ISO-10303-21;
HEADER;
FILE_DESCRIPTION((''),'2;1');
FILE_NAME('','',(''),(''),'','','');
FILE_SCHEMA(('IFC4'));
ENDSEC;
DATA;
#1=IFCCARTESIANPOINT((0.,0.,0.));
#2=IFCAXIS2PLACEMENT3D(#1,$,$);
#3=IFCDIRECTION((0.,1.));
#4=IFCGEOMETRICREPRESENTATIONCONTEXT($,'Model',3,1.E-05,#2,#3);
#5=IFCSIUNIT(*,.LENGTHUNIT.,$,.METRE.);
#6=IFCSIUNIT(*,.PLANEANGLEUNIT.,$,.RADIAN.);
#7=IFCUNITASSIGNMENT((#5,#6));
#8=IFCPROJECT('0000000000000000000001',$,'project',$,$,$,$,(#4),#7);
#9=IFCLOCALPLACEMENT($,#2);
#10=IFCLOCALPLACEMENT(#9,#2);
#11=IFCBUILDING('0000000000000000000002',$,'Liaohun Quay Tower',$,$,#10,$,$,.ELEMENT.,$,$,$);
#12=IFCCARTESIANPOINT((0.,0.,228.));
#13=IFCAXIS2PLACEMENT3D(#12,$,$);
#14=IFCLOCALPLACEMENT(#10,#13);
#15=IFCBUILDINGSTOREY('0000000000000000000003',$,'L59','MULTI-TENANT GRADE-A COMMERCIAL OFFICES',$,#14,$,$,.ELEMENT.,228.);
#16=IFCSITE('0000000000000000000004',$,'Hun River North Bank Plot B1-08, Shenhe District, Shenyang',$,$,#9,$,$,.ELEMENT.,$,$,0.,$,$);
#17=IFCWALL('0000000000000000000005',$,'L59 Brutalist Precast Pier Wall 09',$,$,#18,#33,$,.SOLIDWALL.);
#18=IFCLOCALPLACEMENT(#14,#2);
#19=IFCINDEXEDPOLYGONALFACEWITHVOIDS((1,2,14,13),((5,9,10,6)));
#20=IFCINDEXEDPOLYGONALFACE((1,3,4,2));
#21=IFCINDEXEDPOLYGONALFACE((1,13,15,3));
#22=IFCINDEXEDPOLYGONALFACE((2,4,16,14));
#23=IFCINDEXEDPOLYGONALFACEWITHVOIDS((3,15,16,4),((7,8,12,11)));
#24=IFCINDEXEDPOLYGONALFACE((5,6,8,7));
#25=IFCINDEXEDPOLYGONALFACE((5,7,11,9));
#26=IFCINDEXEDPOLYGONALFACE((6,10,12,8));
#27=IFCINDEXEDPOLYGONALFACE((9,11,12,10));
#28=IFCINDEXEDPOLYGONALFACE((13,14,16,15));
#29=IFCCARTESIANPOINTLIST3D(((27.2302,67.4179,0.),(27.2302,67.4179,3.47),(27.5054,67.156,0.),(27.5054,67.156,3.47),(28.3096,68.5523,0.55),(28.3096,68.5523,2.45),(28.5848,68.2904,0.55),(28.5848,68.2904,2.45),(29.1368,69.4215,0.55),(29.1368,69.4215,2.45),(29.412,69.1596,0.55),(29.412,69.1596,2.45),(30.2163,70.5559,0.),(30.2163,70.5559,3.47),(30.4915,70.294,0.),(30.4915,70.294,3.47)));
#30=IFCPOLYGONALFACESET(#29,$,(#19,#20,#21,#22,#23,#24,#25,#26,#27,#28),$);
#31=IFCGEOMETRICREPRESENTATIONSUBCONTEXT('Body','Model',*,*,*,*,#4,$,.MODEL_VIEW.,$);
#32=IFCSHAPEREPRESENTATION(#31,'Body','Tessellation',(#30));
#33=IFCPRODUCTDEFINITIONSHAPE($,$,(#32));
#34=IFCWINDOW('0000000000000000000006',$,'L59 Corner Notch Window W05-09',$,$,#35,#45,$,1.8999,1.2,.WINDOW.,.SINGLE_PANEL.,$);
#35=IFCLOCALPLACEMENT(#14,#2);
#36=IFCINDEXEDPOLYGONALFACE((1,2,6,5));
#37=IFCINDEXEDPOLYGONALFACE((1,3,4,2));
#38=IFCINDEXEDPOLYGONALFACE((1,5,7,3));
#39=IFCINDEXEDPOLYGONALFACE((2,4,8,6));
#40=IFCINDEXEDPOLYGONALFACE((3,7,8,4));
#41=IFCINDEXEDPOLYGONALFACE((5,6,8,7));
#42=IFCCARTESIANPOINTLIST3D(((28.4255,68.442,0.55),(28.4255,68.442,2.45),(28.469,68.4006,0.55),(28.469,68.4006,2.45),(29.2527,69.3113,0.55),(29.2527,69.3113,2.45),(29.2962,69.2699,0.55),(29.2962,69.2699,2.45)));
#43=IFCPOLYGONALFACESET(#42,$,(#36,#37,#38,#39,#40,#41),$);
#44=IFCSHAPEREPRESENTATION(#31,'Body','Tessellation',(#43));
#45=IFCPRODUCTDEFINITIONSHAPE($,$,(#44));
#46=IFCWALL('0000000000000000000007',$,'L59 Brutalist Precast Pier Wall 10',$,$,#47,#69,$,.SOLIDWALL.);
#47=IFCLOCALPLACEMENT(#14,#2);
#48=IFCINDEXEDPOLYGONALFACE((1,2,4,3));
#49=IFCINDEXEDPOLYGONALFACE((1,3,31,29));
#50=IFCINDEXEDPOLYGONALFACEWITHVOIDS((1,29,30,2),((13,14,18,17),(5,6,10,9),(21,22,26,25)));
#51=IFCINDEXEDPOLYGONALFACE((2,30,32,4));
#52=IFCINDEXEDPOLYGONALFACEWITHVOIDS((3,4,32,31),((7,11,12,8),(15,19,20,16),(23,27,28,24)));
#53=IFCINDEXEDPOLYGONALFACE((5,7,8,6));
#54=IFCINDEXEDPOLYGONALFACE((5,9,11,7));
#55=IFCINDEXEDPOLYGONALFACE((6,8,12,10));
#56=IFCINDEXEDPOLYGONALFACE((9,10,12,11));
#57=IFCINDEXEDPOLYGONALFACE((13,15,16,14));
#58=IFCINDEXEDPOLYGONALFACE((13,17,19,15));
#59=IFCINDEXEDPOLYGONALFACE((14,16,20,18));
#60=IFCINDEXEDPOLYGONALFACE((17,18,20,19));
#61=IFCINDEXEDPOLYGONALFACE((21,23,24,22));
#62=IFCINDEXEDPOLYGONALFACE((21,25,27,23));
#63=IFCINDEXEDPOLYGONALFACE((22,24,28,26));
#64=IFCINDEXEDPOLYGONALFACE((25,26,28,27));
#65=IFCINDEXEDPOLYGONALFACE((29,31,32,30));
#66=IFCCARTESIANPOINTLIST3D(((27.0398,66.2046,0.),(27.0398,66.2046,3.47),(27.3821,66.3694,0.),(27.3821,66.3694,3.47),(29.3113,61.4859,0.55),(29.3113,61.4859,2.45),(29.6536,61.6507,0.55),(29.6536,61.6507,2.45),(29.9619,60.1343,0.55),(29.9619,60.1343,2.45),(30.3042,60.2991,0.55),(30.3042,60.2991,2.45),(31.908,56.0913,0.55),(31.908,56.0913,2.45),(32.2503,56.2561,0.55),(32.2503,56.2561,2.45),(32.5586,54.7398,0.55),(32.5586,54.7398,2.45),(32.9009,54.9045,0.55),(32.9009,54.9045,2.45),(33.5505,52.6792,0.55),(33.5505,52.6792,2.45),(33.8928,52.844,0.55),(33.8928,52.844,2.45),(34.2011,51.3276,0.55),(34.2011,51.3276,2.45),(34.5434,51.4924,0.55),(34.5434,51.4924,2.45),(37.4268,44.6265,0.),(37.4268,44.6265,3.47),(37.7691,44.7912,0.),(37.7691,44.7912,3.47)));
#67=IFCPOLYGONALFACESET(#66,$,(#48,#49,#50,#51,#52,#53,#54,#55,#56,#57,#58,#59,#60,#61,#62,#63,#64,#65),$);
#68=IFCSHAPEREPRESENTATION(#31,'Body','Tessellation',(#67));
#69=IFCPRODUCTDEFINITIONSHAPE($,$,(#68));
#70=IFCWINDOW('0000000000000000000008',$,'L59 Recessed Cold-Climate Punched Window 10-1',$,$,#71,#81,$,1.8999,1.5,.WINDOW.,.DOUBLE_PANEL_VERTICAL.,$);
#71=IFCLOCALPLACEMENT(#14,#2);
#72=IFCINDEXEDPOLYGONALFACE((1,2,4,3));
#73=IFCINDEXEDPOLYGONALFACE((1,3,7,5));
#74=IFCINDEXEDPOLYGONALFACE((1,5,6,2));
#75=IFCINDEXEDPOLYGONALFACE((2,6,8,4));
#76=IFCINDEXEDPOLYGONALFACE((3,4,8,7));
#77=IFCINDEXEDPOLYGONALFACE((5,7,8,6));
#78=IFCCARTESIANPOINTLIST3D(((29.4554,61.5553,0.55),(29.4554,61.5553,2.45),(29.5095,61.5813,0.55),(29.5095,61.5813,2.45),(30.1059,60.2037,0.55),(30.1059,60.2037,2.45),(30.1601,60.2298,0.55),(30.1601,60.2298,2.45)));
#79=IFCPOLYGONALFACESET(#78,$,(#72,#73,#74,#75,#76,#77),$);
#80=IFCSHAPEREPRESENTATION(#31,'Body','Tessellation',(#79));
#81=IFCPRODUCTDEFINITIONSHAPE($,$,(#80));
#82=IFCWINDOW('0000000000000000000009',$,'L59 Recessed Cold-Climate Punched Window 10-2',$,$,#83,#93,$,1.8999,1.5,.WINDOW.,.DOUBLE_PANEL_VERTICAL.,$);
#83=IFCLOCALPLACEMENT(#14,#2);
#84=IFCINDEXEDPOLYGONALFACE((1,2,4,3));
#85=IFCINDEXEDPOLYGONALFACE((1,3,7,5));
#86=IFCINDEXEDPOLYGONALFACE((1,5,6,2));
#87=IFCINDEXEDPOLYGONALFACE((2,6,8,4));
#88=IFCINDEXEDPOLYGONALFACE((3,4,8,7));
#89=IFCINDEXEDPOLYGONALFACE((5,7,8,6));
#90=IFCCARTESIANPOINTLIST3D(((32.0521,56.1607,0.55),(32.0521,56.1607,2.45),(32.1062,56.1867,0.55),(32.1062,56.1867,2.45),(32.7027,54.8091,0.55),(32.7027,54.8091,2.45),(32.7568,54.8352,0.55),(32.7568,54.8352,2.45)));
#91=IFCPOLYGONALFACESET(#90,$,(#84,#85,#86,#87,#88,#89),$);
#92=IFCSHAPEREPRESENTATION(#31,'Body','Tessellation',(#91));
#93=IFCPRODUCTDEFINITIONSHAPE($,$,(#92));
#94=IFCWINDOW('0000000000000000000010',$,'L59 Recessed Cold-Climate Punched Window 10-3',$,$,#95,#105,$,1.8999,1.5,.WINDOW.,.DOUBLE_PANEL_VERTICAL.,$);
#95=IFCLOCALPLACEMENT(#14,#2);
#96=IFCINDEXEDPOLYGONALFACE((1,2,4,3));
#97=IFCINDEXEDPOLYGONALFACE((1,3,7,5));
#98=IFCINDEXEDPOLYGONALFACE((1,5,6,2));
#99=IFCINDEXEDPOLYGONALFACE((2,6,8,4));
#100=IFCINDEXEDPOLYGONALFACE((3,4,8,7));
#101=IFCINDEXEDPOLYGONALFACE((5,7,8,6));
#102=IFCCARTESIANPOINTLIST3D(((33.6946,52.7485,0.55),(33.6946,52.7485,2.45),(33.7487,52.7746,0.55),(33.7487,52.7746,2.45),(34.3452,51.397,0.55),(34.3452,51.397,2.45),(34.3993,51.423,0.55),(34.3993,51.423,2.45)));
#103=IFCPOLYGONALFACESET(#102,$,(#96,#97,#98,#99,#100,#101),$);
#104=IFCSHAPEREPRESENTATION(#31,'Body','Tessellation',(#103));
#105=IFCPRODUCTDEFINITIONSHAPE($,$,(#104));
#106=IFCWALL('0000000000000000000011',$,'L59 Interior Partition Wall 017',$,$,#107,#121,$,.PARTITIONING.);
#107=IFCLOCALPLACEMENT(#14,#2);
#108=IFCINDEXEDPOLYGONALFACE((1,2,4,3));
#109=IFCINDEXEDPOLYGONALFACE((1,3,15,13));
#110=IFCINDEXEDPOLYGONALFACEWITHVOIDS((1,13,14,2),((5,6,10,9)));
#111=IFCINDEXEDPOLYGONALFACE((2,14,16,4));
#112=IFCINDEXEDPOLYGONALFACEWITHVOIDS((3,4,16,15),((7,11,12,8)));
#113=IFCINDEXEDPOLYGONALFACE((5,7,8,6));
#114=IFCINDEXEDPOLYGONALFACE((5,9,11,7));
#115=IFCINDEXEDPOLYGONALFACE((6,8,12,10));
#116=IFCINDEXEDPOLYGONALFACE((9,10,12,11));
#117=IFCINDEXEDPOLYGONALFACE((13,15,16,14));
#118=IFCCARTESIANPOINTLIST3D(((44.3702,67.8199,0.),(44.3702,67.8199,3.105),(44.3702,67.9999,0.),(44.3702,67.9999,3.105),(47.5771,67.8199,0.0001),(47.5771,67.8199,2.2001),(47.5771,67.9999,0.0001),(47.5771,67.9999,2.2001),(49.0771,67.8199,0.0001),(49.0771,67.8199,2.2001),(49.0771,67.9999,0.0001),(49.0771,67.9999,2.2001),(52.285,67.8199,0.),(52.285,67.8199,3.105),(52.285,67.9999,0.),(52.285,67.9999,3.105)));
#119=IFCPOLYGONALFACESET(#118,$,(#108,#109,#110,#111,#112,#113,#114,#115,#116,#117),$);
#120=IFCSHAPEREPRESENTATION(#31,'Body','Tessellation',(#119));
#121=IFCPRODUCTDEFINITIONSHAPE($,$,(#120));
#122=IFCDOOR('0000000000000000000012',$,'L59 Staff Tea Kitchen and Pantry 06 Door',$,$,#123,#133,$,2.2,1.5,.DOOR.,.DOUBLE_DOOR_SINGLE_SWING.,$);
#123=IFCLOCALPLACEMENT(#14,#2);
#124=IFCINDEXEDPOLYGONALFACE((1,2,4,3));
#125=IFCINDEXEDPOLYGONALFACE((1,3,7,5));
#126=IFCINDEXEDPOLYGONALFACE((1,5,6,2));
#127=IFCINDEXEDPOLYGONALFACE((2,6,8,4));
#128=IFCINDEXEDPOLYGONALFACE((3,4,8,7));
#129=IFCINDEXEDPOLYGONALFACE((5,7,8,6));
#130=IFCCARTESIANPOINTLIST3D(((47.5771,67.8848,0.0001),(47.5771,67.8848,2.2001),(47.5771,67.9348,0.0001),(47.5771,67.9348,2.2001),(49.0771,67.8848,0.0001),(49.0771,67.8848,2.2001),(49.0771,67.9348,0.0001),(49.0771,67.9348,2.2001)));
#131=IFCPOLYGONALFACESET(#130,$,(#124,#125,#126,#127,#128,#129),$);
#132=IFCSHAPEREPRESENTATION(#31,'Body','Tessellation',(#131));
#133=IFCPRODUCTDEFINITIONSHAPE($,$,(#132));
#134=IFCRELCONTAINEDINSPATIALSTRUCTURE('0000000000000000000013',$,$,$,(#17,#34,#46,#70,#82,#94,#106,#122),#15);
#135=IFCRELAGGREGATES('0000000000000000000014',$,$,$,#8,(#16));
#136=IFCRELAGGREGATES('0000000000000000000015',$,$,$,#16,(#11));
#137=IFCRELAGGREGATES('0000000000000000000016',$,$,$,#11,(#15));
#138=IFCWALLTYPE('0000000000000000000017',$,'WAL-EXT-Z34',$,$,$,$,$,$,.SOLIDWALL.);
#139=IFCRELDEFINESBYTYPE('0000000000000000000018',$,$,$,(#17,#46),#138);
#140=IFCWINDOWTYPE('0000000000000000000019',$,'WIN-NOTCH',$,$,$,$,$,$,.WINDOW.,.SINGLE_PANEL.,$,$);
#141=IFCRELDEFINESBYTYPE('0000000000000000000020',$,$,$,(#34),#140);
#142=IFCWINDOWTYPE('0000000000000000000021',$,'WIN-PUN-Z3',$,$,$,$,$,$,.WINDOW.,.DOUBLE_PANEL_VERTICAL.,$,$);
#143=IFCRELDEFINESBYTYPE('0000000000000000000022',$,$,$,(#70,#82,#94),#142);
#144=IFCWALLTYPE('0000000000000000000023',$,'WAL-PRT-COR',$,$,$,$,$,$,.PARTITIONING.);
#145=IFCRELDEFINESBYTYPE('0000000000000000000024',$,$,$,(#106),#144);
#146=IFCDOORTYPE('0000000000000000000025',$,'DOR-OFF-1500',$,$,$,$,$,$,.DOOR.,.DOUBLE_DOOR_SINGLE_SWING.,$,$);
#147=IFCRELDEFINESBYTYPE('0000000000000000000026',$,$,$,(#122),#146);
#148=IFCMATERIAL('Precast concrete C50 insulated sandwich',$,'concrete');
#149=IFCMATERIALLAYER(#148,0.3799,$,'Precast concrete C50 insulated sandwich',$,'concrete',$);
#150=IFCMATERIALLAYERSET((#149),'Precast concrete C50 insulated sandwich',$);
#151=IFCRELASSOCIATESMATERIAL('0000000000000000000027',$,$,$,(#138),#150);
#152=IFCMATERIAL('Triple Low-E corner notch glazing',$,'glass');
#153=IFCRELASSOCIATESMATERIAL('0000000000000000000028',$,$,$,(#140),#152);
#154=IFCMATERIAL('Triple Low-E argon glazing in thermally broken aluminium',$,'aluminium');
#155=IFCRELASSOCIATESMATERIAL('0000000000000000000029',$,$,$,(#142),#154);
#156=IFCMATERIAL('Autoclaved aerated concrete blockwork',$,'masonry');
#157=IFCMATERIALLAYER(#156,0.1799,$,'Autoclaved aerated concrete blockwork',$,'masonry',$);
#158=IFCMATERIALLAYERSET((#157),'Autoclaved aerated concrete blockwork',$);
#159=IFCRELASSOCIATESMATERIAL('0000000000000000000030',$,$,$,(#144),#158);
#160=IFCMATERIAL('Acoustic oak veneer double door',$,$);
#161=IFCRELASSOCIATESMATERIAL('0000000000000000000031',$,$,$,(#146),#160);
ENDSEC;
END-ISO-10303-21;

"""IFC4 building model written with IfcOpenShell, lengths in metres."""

from ifc_helpers import new_model, si_unit, direction, frame, frame_2d, origin, place, context, subcontext, project, spatial, rectangle, extrude, source, transform, mapped, material, layer, layer_set, type_object, element, fill, save


model = new_model("IFC4")

# Units and contexts
model_context = context("Model", 3, precision=1e-05, world=origin(), true_north=direction((0.0, 1.0)))
body_context = subcontext(model_context, "Body", "Model", "MODEL_VIEW")
ifc_project = project(units=[si_unit("LENGTHUNIT", "METRE"), si_unit("PLANEANGLEUNIT", "RADIAN")], contexts=[model_context])

# Site, building, storey
site_placement = place(None, origin())
site = spatial("IfcSite", under=ifc_project, at=site_placement, Name="Hun River North Bank Plot B1-08, Shenhe District, Shenyang", CompositionType="ELEMENT", RefElevation=0.0)
building_placement = place(site_placement, origin())
building = spatial("IfcBuilding", under=site, at=building_placement, Name="Liaohun Quay Tower", CompositionType="ELEMENT")
storey_placement = place(building_placement, frame((0.0, 0.0, 228.0)))
storey = spatial("IfcBuildingStorey", under=building, at=storey_placement, Name="L59", Description="MULTI-TENANT GRADE-A COMMERCIAL OFFICES", CompositionType="ELEMENT", Elevation=228.0)

# Wall, opening, window
ifc_material_1 = material(Name="Precast concrete C50 insulated sandwich", Category="concrete")
ifc_layer_1 = layer(ifc_material_1, 0.3799, Name="Precast concrete C50 insulated sandwich", Category="concrete")
ifc_layer_set_1 = layer_set([ifc_layer_1], Name="Precast concrete C50 insulated sandwich")
wall_type_1 = type_object("IfcWallType", Name="WAL-EXT-Z34", PredefinedType="SOLIDWALL", material=ifc_layer_set_1)
shared_shape_1 = source(origin(), body_context, "Body", "SweptSolid", [
    extrude(rectangle(XDim=1.2, YDim=1.8999, at=frame_2d((0.6001, 0.95))), frame((0.0, 0.2, 0.0), z_axis=(0.0, -1.0, 0.0), x_axis=(1.0, 0.0, 0.0)), (0.0, 0.0, 1.0), 0.3999),
])
ifc_material_2 = material(Name="Triple Low-E corner notch glazing", Category="glass")
window_type_1 = type_object("IfcWindowType", Name="WIN-NOTCH", PartitioningType="SINGLE_PANEL", PredefinedType="WINDOW", material=ifc_material_2)
shared_shape_2 = source(origin(), body_context, "Body", "SweptSolid", [
    extrude(rectangle(XDim=1.2, YDim=1.8999, at=frame_2d((0.6001, 0.95))), frame((0.0, 0.03, 0.0), z_axis=(0.0, -1.0, 0.0), x_axis=(1.0, 0.0, 0.0)), (0.0, 0.0, 1.0), 0.0601),
])
wall_1_placement = place(storey_placement, frame((30.354, 70.425, 0.0), z_axis=(0.0, 0.0, 1.0), x_axis=(-0.689361, -0.724418, 0.0)))
wall_1 = element("IfcWall", 1, at=wall_1_placement, inside=storey, type_object=wall_type_1, Name="L59 Brutalist Precast Pier Wall 09", PredefinedType="SOLIDWALL", context=body_context, shape_type="SweptSolid", body=[
    extrude(rectangle(XDim=4.3318, YDim=0.3799, at=frame_2d((2.166, 0.0))), origin(), (0.0, 0.0, 1.0), 3.47),
])
opening_1_placement = place(wall_1_placement, frame((1.5659, 0.0, 0.55)))
opening_1 = element("IfcOpeningElement", 2, at=opening_1_placement, cuts=wall_1, PredefinedType="OPENING", context=body_context, shape_type="MappedRepresentation", body=[
    mapped(shared_shape_1, transform((0.0, 0.0, 0.0), x_axis=(1.0, 0.0, 0.0), y_axis=(0.0, 1.0, 0.0), z_axis=(0.0, 0.0, 1.0), scale=1.0)),
])
window_1_placement = place(opening_1_placement, origin())
window_1 = element("IfcWindow", 3, at=window_1_placement, inside=storey, type_object=window_type_1, Name="L59 Corner Notch Window W05-09", OverallHeight=1.8999, OverallWidth=1.2, PartitioningType="SINGLE_PANEL", PredefinedType="WINDOW", context=body_context, shape_type="MappedRepresentation", body=[
    mapped(shared_shape_2, transform((0.0, 0.0, 0.0), x_axis=(1.0, 0.0, 0.0), y_axis=(0.0, 1.0, 0.0), z_axis=(0.0, 0.0, 1.0), scale=1.0)),
])
fill(opening_1, window_1)

# Wall, openings, windows
wall_2_placement = place(storey_placement, frame((27.2109, 66.2871, 0.0), z_axis=(0.0, 0.0, 1.0), x_axis=(0.433731, -0.901043, 0.0)))
wall_2 = element("IfcWall", 4, at=wall_2_placement, inside=storey, type_object=wall_type_1, Name="L59 Brutalist Precast Pier Wall 10", PredefinedType="SOLIDWALL", context=body_context, shape_type="SweptSolid", body=[
    extrude(rectangle(XDim=23.948, YDim=0.3799, at=frame_2d((11.9741, 0.0))), origin(), (0.0, 0.0, 1.0), 3.47),
])
shared_shape_3 = source(origin(), body_context, "Body", "SweptSolid", [
    extrude(rectangle(XDim=1.5, YDim=1.8999, at=frame_2d((0.75, 0.95))), frame((0.0, 0.2, 0.0), z_axis=(0.0, -1.0, 0.0), x_axis=(1.0, 0.0, 0.0)), (0.0, 0.0, 1.0), 0.3999),
])
opening_2_placement = place(wall_2_placement, frame((5.2371, 0.0, 0.55)))
opening_2 = element("IfcOpeningElement", 5, at=opening_2_placement, cuts=wall_2, PredefinedType="OPENING", context=body_context, shape_type="MappedRepresentation", body=[
    mapped(shared_shape_3, transform((0.0, 0.0, 0.0), x_axis=(1.0, 0.0, 0.0), y_axis=(0.0, 1.0, 0.0), z_axis=(0.0, 0.0, 1.0), scale=1.0)),
])
opening_3_placement = place(wall_2_placement, frame((11.2241, 0.0, 0.55)))
opening_3 = element("IfcOpeningElement", 6, at=opening_3_placement, cuts=wall_2, PredefinedType="OPENING", context=body_context, shape_type="MappedRepresentation", body=[
    mapped(shared_shape_3, transform((0.0, 0.0, 0.0), x_axis=(1.0, 0.0, 0.0), y_axis=(0.0, 1.0, 0.0), z_axis=(0.0, 0.0, 1.0), scale=1.0)),
])
opening_4_placement = place(wall_2_placement, frame((15.011, 0.0, 0.55)))
opening_4 = element("IfcOpeningElement", 7, at=opening_4_placement, cuts=wall_2, PredefinedType="OPENING", context=body_context, shape_type="MappedRepresentation", body=[
    mapped(shared_shape_3, transform((0.0, 0.0, 0.0), x_axis=(1.0, 0.0, 0.0), y_axis=(0.0, 1.0, 0.0), z_axis=(0.0, 0.0, 1.0), scale=1.0)),
])
ifc_material_3 = material(Name="Triple Low-E argon glazing in thermally broken aluminium", Category="aluminium")
window_type_2 = type_object("IfcWindowType", Name="WIN-PUN-Z3", PartitioningType="DOUBLE_PANEL_VERTICAL", PredefinedType="WINDOW", material=ifc_material_3)
shared_shape_4 = source(origin(), body_context, "Body", "SweptSolid", [
    extrude(rectangle(XDim=1.5, YDim=1.8999, at=frame_2d((0.75, 0.95))), frame((0.0, 0.03, 0.0), z_axis=(0.0, -1.0, 0.0), x_axis=(1.0, 0.0, 0.0)), (0.0, 0.0, 1.0), 0.0601),
])
window_2_placement = place(opening_2_placement, origin())
window_2 = element("IfcWindow", 8, at=window_2_placement, inside=storey, type_object=window_type_2, Name="L59 Recessed Cold-Climate Punched Window 10-1", OverallHeight=1.8999, OverallWidth=1.5, PartitioningType="DOUBLE_PANEL_VERTICAL", PredefinedType="WINDOW", context=body_context, shape_type="MappedRepresentation", body=[
    mapped(shared_shape_4, transform((0.0, 0.0, 0.0), x_axis=(1.0, 0.0, 0.0), y_axis=(0.0, 1.0, 0.0), z_axis=(0.0, 0.0, 1.0), scale=1.0)),
])
fill(opening_2, window_2)
window_3_placement = place(opening_3_placement, origin())
window_3 = element("IfcWindow", 9, at=window_3_placement, inside=storey, type_object=window_type_2, Name="L59 Recessed Cold-Climate Punched Window 10-2", OverallHeight=1.8999, OverallWidth=1.5, PartitioningType="DOUBLE_PANEL_VERTICAL", PredefinedType="WINDOW", context=body_context, shape_type="MappedRepresentation", body=[
    mapped(shared_shape_4, transform((0.0, 0.0, 0.0), x_axis=(1.0, 0.0, 0.0), y_axis=(0.0, 1.0, 0.0), z_axis=(0.0, 0.0, 1.0), scale=1.0)),
])
fill(opening_3, window_3)
window_4_placement = place(opening_4_placement, origin())
window_4 = element("IfcWindow", 10, at=window_4_placement, inside=storey, type_object=window_type_2, Name="L59 Recessed Cold-Climate Punched Window 10-3", OverallHeight=1.8999, OverallWidth=1.5, PartitioningType="DOUBLE_PANEL_VERTICAL", PredefinedType="WINDOW", context=body_context, shape_type="MappedRepresentation", body=[
    mapped(shared_shape_4, transform((0.0, 0.0, 0.0), x_axis=(1.0, 0.0, 0.0), y_axis=(0.0, 1.0, 0.0), z_axis=(0.0, 0.0, 1.0), scale=1.0)),
])
fill(opening_4, window_4)

# Wall, opening, door
ifc_material_4 = material(Name="Autoclaved aerated concrete blockwork", Category="masonry")
ifc_layer_2 = layer(ifc_material_4, 0.1799, Name="Autoclaved aerated concrete blockwork", Category="masonry")
ifc_layer_set_2 = layer_set([ifc_layer_2], Name="Autoclaved aerated concrete blockwork")
wall_type_2 = type_object("IfcWallType", Name="WAL-PRT-COR", PredefinedType="PARTITIONING", material=ifc_layer_set_2)
wall_3_placement = place(storey_placement, frame((44.3701, 67.9099, 0.0), z_axis=(0.0, 0.0, 1.0), x_axis=(1.0, 0.0, 0.0)))
wall_3 = element("IfcWall", 11, at=wall_3_placement, inside=storey, type_object=wall_type_2, Name="L59 Interior Partition Wall 017", PredefinedType="PARTITIONING", context=body_context, shape_type="SweptSolid", body=[
    extrude(rectangle(XDim=7.9148, YDim=0.1799, at=frame_2d((3.9575, 0.0))), origin(), (0.0, 0.0, 1.0), 3.105),
])
shared_shape_5 = source(origin(), body_context, "Body", "SweptSolid", [
    extrude(rectangle(XDim=1.5, YDim=2.2, at=frame_2d((0.75, 1.1001))), frame((0.0, 0.0999, 0.0), z_axis=(0.0, -1.0, 0.0), x_axis=(1.0, 0.0, 0.0)), (0.0, 0.0, 1.0), 0.2),
])
opening_5_placement = place(wall_3_placement, frame((3.207, 0.0, 0.0)))
opening_5 = element("IfcOpeningElement", 12, at=opening_5_placement, cuts=wall_3, PredefinedType="OPENING", context=body_context, shape_type="MappedRepresentation", body=[
    mapped(shared_shape_5, transform((0.0, 0.0, 0.0), x_axis=(1.0, 0.0, 0.0), y_axis=(0.0, 1.0, 0.0), z_axis=(0.0, 0.0, 1.0), scale=1.0)),
])
ifc_material_5 = material(Name="Acoustic oak veneer double door")
door_type = type_object("IfcDoorType", Name="DOR-OFF-1500", OperationType="DOUBLE_DOOR_SINGLE_SWING", PredefinedType="DOOR", material=ifc_material_5)
shared_shape_6 = source(origin(), body_context, "Body", "SweptSolid", [
    extrude(rectangle(XDim=1.5, YDim=2.2, at=frame_2d((0.75, 1.1001))), frame((0.0, 0.0249, 0.0), z_axis=(0.0, -1.0, 0.0), x_axis=(1.0, 0.0, 0.0)), (0.0, 0.0, 1.0), 0.05),
])
door_1_placement = place(opening_5_placement, origin())
door_1 = element("IfcDoor", 13, at=door_1_placement, inside=storey, type_object=door_type, Name="L59 Staff Tea Kitchen and Pantry 06 Door", OperationType="DOUBLE_DOOR_SINGLE_SWING", OverallHeight=2.2, OverallWidth=1.5, PredefinedType="DOOR", context=body_context, shape_type="MappedRepresentation", body=[
    mapped(shared_shape_6, transform((0.0, 0.0, 0.0), x_axis=(1.0, 0.0, 0.0), y_axis=(0.0, 1.0, 0.0), z_axis=(0.0, 0.0, 1.0), scale=1.0)),
])
fill(opening_5, door_1)

save(model, "model.ifc")
